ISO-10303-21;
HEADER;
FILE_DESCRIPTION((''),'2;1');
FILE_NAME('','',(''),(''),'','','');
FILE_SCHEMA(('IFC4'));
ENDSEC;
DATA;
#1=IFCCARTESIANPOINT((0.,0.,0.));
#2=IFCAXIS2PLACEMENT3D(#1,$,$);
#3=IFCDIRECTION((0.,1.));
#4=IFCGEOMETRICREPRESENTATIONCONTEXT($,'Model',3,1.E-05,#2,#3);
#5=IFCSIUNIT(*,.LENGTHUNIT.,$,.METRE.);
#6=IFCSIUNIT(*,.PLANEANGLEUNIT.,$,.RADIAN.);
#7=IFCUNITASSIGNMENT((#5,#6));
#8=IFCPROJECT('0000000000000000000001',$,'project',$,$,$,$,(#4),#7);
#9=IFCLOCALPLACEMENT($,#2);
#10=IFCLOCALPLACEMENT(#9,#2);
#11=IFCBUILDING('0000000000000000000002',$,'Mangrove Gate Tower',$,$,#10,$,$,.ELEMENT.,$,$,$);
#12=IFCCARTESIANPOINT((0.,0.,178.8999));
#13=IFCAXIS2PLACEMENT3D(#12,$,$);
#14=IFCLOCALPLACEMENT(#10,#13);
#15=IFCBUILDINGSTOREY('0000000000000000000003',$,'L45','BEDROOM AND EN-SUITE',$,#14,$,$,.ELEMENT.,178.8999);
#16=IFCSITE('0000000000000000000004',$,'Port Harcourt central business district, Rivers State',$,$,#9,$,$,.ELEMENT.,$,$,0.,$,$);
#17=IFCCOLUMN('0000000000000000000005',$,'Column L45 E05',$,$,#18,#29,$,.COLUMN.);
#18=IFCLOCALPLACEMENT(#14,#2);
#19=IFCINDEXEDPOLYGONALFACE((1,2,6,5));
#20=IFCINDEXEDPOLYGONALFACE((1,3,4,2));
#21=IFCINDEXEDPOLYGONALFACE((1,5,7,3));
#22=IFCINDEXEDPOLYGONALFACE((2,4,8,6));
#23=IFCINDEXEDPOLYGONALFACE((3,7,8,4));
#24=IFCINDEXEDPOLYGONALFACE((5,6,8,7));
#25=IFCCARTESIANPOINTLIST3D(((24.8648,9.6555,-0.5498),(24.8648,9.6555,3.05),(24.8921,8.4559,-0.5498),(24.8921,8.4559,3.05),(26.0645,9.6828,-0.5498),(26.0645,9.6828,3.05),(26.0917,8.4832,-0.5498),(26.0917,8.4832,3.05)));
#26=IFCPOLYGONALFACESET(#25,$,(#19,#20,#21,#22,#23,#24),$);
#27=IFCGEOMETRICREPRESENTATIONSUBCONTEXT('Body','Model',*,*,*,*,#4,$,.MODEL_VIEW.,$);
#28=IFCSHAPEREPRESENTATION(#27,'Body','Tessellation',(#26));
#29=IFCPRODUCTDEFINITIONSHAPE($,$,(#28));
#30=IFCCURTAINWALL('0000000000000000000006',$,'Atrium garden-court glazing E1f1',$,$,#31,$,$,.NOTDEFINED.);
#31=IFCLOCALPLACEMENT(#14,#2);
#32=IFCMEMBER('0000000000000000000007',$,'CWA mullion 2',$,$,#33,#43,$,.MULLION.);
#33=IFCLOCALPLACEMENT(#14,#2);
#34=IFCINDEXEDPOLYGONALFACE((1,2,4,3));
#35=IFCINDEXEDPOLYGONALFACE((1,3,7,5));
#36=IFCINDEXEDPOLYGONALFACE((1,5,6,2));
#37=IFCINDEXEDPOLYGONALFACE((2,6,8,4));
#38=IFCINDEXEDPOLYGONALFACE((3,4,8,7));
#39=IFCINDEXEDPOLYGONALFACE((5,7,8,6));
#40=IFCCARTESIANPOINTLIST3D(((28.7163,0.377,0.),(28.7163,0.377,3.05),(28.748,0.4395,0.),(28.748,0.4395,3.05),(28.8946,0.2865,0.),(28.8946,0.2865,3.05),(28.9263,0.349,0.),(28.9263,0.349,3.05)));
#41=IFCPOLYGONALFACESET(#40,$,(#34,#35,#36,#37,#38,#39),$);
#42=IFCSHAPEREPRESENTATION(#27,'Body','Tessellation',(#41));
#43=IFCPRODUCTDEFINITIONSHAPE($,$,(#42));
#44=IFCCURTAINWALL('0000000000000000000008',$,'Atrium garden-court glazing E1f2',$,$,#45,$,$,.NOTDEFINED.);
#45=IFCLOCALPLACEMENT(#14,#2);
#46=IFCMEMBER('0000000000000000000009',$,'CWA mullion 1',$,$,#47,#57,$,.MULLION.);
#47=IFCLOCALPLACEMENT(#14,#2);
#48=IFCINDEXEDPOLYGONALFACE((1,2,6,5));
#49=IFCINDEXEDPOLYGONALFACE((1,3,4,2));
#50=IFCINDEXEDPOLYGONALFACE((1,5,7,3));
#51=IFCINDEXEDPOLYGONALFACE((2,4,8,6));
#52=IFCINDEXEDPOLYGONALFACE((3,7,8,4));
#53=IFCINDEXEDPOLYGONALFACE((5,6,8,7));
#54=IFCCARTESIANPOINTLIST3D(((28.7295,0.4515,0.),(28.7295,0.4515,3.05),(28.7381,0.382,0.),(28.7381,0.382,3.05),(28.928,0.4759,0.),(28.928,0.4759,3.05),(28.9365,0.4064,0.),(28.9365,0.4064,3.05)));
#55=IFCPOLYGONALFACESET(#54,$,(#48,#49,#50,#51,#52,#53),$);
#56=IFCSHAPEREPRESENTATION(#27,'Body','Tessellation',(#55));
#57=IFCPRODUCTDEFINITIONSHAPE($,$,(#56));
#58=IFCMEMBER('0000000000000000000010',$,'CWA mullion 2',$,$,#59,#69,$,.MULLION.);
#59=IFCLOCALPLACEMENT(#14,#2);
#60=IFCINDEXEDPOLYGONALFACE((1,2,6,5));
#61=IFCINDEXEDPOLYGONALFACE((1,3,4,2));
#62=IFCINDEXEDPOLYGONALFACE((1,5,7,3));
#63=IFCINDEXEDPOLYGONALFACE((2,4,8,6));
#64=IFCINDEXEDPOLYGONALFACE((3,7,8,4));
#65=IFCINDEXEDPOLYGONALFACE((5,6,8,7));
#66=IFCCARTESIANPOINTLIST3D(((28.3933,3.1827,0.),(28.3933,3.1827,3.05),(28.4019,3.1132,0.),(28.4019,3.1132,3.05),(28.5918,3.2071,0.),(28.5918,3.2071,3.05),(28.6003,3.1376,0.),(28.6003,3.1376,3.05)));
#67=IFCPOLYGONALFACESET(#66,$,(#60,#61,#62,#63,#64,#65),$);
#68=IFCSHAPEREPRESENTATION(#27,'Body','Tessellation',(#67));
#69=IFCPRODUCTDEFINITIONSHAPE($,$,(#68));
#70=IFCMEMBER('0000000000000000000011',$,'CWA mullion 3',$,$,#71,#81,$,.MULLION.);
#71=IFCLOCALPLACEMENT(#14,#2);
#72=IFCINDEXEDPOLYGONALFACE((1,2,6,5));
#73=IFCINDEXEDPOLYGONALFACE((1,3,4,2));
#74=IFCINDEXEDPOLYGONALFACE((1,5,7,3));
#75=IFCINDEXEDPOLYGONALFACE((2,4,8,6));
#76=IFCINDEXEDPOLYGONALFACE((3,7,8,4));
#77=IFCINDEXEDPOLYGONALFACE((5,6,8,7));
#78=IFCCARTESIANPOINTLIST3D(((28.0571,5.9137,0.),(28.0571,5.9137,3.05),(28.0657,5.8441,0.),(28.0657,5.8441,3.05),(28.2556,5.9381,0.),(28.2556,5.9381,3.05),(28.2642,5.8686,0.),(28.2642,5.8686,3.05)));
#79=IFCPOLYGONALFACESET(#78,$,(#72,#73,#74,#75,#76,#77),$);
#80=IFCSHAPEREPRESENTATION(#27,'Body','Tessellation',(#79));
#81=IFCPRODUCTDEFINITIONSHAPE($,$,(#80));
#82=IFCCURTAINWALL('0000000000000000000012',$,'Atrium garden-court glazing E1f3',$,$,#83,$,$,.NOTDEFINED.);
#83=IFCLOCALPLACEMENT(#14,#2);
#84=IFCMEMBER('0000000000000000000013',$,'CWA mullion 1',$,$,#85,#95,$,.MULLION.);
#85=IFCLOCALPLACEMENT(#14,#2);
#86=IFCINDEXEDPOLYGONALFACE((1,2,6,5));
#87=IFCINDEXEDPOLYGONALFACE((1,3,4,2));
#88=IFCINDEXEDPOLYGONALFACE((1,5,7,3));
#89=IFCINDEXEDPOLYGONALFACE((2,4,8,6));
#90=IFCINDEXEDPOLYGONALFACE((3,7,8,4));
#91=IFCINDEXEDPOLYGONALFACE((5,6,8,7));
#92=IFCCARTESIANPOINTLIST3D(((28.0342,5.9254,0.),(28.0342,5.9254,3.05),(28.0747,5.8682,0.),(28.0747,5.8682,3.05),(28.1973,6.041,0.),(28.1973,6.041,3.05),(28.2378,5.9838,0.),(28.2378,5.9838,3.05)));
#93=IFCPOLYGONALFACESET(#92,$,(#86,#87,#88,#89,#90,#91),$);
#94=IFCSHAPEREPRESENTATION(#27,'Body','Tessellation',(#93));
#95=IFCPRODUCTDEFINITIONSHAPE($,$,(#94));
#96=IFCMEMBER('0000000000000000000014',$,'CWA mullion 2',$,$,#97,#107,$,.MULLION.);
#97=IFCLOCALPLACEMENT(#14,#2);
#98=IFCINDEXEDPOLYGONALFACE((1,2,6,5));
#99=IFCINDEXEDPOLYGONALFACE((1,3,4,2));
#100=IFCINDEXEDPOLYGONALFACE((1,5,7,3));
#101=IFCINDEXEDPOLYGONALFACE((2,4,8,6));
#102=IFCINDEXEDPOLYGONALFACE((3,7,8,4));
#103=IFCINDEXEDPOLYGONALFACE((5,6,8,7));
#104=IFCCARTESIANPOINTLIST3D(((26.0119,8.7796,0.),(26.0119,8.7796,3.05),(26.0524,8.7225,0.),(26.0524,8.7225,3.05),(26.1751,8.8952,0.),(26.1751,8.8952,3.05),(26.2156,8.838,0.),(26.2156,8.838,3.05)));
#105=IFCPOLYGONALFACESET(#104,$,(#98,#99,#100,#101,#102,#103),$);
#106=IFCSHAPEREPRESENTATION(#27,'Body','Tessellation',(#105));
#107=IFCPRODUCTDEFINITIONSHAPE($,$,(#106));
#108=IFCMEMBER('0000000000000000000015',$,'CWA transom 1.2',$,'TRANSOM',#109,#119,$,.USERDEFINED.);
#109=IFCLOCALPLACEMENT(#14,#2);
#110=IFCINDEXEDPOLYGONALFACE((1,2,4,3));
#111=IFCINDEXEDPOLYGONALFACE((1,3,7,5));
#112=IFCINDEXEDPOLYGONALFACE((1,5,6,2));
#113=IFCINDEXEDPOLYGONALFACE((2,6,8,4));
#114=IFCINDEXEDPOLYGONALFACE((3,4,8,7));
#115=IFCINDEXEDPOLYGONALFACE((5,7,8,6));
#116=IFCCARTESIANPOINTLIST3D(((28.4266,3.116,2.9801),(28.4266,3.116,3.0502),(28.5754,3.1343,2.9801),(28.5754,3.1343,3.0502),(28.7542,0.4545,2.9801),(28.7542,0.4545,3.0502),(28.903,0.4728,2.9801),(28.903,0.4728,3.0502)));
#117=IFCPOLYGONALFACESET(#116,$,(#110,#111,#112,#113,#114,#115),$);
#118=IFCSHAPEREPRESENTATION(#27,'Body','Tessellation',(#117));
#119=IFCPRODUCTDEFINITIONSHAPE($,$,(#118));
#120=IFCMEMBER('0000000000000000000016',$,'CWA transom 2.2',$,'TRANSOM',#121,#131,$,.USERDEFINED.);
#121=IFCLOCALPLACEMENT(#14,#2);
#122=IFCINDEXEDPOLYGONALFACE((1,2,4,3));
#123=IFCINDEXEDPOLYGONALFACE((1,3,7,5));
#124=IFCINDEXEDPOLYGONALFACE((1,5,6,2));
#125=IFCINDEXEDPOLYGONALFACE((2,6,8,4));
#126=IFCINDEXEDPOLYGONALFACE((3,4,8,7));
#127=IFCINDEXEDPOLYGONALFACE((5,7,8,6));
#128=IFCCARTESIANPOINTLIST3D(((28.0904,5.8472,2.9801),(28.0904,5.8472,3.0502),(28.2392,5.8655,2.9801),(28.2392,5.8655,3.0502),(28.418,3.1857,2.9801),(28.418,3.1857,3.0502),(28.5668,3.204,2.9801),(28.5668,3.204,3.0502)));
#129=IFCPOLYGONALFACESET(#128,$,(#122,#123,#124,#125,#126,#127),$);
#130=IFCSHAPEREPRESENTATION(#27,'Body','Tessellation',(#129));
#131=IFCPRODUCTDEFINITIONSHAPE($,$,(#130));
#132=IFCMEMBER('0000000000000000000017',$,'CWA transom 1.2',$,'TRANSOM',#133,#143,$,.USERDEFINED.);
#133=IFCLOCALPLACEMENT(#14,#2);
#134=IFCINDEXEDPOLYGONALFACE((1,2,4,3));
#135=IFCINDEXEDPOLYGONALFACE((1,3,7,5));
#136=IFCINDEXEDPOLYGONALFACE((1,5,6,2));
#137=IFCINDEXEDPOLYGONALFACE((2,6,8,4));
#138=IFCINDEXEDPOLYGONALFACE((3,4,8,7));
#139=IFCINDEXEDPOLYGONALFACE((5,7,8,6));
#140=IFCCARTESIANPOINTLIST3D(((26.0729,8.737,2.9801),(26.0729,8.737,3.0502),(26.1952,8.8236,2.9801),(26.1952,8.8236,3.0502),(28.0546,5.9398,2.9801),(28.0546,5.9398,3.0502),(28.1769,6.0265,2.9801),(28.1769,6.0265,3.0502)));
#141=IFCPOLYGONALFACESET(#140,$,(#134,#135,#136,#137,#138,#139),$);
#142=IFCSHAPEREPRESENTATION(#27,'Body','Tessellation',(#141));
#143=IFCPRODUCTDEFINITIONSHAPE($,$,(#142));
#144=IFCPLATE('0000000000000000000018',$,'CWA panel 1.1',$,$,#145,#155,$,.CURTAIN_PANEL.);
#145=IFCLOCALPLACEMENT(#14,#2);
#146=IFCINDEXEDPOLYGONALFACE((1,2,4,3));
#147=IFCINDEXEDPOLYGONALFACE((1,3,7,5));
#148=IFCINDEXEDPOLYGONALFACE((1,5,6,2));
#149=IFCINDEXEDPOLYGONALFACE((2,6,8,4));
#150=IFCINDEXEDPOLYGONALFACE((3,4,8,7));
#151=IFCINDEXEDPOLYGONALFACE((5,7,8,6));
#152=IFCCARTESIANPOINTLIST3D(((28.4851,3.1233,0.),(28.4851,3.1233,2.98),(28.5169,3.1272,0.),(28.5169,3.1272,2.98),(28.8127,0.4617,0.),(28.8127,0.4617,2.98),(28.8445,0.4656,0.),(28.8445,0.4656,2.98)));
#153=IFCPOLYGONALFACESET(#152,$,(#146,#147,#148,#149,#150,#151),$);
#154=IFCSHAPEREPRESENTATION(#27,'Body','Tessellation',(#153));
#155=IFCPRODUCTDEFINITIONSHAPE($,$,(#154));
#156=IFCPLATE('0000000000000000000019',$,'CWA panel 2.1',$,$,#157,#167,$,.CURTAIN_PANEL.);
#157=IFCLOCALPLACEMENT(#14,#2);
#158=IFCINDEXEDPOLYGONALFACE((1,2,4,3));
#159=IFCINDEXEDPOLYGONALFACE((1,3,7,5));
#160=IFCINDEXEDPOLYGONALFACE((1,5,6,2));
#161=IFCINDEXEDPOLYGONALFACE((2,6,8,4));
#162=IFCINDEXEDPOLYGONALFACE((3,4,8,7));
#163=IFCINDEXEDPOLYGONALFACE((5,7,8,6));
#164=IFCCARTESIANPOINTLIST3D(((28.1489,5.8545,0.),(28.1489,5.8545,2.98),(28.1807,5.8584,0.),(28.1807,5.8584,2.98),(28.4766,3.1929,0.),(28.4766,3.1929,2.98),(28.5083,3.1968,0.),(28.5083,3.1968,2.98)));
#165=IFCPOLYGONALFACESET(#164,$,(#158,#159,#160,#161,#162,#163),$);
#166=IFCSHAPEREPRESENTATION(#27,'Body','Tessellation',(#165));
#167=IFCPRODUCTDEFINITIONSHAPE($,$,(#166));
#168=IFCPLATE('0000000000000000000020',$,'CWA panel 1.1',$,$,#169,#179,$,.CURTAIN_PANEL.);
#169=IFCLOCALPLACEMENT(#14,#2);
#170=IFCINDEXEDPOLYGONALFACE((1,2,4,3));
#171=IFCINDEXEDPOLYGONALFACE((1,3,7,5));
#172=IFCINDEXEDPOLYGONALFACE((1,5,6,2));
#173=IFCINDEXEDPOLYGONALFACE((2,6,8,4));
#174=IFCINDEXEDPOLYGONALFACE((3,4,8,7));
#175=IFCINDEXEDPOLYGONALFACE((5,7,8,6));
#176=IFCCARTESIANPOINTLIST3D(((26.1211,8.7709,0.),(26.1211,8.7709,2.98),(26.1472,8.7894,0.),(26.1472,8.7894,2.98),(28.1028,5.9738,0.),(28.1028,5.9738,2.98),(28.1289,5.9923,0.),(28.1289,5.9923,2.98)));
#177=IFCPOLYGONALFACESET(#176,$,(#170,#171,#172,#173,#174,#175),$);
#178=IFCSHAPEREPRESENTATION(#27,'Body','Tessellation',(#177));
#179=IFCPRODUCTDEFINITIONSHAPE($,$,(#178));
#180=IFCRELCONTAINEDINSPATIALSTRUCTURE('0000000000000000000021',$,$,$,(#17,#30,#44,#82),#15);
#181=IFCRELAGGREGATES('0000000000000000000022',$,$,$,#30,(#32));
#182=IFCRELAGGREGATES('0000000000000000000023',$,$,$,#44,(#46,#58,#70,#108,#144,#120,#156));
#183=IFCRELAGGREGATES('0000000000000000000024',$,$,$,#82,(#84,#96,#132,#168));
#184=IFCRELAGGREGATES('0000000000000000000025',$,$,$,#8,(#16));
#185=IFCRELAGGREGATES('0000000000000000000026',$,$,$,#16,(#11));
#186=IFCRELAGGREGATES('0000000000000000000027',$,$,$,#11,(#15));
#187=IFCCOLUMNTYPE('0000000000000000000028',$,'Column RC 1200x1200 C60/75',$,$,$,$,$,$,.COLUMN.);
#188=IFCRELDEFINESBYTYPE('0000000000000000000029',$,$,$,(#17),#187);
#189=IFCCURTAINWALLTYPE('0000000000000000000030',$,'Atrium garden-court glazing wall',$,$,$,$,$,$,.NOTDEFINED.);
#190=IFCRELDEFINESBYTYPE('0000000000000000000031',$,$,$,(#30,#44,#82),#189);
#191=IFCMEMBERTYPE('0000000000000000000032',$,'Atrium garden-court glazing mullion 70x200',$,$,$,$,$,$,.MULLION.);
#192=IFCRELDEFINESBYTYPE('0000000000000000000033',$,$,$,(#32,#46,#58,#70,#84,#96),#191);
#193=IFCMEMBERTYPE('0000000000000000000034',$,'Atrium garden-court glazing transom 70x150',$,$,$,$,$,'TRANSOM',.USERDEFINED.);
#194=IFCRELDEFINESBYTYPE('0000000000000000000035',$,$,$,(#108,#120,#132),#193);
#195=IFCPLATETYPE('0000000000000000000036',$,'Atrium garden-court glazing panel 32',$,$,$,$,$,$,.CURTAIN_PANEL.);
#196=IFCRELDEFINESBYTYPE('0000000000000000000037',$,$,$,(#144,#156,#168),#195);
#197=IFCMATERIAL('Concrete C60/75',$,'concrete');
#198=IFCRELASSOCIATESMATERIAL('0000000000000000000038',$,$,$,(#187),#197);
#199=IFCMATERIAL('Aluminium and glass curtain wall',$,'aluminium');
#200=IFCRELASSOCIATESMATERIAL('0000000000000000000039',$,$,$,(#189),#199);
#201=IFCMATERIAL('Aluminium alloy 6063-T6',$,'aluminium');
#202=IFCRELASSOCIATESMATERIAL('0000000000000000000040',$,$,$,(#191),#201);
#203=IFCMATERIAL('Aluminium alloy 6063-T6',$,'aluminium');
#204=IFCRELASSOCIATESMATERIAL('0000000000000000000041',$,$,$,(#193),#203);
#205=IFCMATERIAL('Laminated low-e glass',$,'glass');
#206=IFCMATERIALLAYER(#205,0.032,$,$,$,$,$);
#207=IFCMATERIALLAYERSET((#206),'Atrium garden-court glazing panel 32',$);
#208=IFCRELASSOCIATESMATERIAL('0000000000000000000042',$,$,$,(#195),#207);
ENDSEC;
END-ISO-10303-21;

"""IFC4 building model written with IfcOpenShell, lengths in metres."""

from ifc_helpers import new_model, si_unit, direction, frame, origin, origin_2d, place, context, subcontext, project, spatial, rectangle, extrude, material, layer, layer_set, material_profile, profile_set, type_object, element, aggregate, save


model = new_model("IFC4")

# Units and contexts
model_context = context("Model", 3, precision=1e-05, world=origin(), true_north=direction((0.0, 1.0)))
body_context = subcontext(model_context, "Body", "Model", "MODEL_VIEW")
ifc_project = project(units=[si_unit("LENGTHUNIT", "METRE"), si_unit("PLANEANGLEUNIT", "RADIAN")], contexts=[model_context])

# Site, building, storey
site_placement = place(None, origin())
site = spatial("IfcSite", under=ifc_project, at=site_placement, Name="Port Harcourt central business district, Rivers State", CompositionType="ELEMENT", RefElevation=0.0)
building_placement = place(site_placement, origin())
building = spatial("IfcBuilding", under=site, at=building_placement, Name="Mangrove Gate Tower", CompositionType="ELEMENT")
storey_placement = place(building_placement, frame((0.0, 0.0, 178.8999)))
storey = spatial("IfcBuildingStorey", under=building, at=storey_placement, Name="L45", Description="BEDROOM AND EN-SUITE", CompositionType="ELEMENT", Elevation=178.8999)

# Column
ifc_material_1 = material(Name="Concrete C60/75", Category="concrete")
ifc_material_profile_1 = material_profile(ifc_material_1, rectangle(XDim=1.2, YDim=1.2, at=origin_2d()))
ifc_profile_set_1 = profile_set([ifc_material_profile_1], Name="Concrete C60/75")
column_type = type_object("IfcColumnType", Name="Column RC 1200x1200 C60/75", PredefinedType="COLUMN", material=ifc_profile_set_1)
column_placement = place(storey_placement, frame((25.4783, 9.0693, -0.5498), z_axis=(0.0, 0.0, 1.0), x_axis=(-0.022731, 0.999742, 0.0)))
element("IfcColumn", 1, at=column_placement, inside=storey, type_object=column_type, Name="Column L45 E05", PredefinedType="COLUMN", context=body_context, shape_type="SweptSolid", body=[
    extrude(rectangle(XDim=1.2, YDim=1.2, at=origin_2d()), origin(), (0.0, 0.0, 1.0), 3.5999),
])

# Curtain wall, member
ifc_material_2 = material(Name="Aluminium and glass curtain wall", Category="aluminium")
curtain_wall_type = type_object("IfcCurtainWallType", Name="Atrium garden-court glazing wall", PredefinedType="NOTDEFINED", material=ifc_material_2)
curtain_wall_1_placement = place(storey_placement, origin())
curtain_wall_1 = element("IfcCurtainWall", 2, at=curtain_wall_1_placement, inside=storey, type_object=curtain_wall_type, Name="Atrium garden-court glazing E1f1", PredefinedType="NOTDEFINED")
ifc_material_3 = material(Name="Aluminium alloy 6063-T6", Category="aluminium")
ifc_material_profile_2 = material_profile(ifc_material_3, rectangle(XDim=0.0701, YDim=0.2, at=origin_2d()))
ifc_profile_set_2 = profile_set([ifc_material_profile_2], Name="Aluminium alloy 6063-T6")
member_type_1 = type_object("IfcMemberType", Name="Atrium garden-court glazing mullion 70x200", PredefinedType="MULLION", material=ifc_profile_set_2)
member_1_placement = place(storey_placement, frame((28.8213, 0.363, 0.0), z_axis=(0.0, 0.0, 1.0), x_axis=(0.452578, 0.891725, 0.0)))
member_1 = element("IfcMember", 3, at=member_1_placement, type_object=member_type_1, Name="CWA mullion 2", PredefinedType="MULLION", context=body_context, shape_type="SweptSolid", body=[
    extrude(rectangle(XDim=0.0701, YDim=0.2, at=origin_2d()), origin(), (0.0, 0.0, 1.0), 3.05),
])
aggregate(curtain_wall_1, [member_1])

# Curtain walls, members
curtain_wall_2_placement = place(storey_placement, origin())
curtain_wall_2 = element("IfcCurtainWall", 4, at=curtain_wall_2_placement, inside=storey, type_object=curtain_wall_type, Name="Atrium garden-court glazing E1f2", PredefinedType="NOTDEFINED")
member_2_placement = place(storey_placement, frame((28.833, 0.429, 0.0), z_axis=(0.0, 0.0, 1.0), x_axis=(-0.122172, 0.992509, 0.0)))
member_2 = element("IfcMember", 5, at=member_2_placement, type_object=member_type_1, Name="CWA mullion 1", PredefinedType="MULLION", context=body_context, shape_type="SweptSolid", body=[
    extrude(rectangle(XDim=0.0701, YDim=0.2, at=origin_2d()), origin(), (0.0, 0.0, 1.0), 3.05),
])
member_3_placement = place(storey_placement, frame((28.4968, 3.1602, 0.0), z_axis=(0.0, 0.0, 1.0), x_axis=(-0.122172, 0.992509, 0.0)))
member_3 = element("IfcMember", 6, at=member_3_placement, type_object=member_type_1, Name="CWA mullion 2", PredefinedType="MULLION", context=body_context, shape_type="SweptSolid", body=[
    extrude(rectangle(XDim=0.0701, YDim=0.2, at=origin_2d()), origin(), (0.0, 0.0, 1.0), 3.05),
])
member_4_placement = place(storey_placement, frame((28.1606, 5.8911, 0.0), z_axis=(0.0, 0.0, 1.0), x_axis=(-0.122172, 0.992509, 0.0)))
member_4 = element("IfcMember", 7, at=member_4_placement, type_object=member_type_1, Name="CWA mullion 3", PredefinedType="MULLION", context=body_context, shape_type="SweptSolid", body=[
    extrude(rectangle(XDim=0.0701, YDim=0.2, at=origin_2d()), origin(), (0.0, 0.0, 1.0), 3.05),
])
curtain_wall_3_placement = place(storey_placement, origin())
curtain_wall_3 = element("IfcCurtainWall", 8, at=curtain_wall_3_placement, inside=storey, type_object=curtain_wall_type, Name="Atrium garden-court glazing E1f3", PredefinedType="NOTDEFINED")
member_5_placement = place(storey_placement, frame((28.136, 5.9546, 0.0), z_axis=(0.0, 0.0, 1.0), x_axis=(-0.578106, 0.815961, 0.0)))
member_5 = element("IfcMember", 9, at=member_5_placement, type_object=member_type_1, Name="CWA mullion 1", PredefinedType="MULLION", context=body_context, shape_type="SweptSolid", body=[
    extrude(rectangle(XDim=0.0701, YDim=0.2, at=origin_2d()), origin(), (0.0, 0.0, 1.0), 3.05),
])
member_6_placement = place(storey_placement, frame((26.1138, 8.8088, 0.0), z_axis=(0.0, 0.0, 1.0), x_axis=(-0.578106, 0.815961, 0.0)))
member_6 = element("IfcMember", 10, at=member_6_placement, type_object=member_type_1, Name="CWA mullion 2", PredefinedType="MULLION", context=body_context, shape_type="SweptSolid", body=[
    extrude(rectangle(XDim=0.0701, YDim=0.2, at=origin_2d()), origin(), (0.0, 0.0, 1.0), 3.05),
])

# Members
ifc_material_4 = material(Name="Aluminium alloy 6063-T6", Category="aluminium")
ifc_material_profile_3 = material_profile(ifc_material_4, rectangle(XDim=0.0701, YDim=0.1499, at=origin_2d()))
ifc_profile_set_3 = profile_set([ifc_material_profile_3], Name="Aluminium alloy 6063-T6")
member_type_2 = type_object("IfcMemberType", Name="Atrium garden-court glazing transom 70x150", ElementType="TRANSOM", PredefinedType="USERDEFINED", material=ifc_profile_set_3)
member_7_placement = place(storey_placement, frame((28.8286, 0.4636, 3.0151), z_axis=(-0.122175, 0.992509, 0.0), x_axis=(0.0, 0.0, 1.0)))
member_7 = element("IfcMember", 11, at=member_7_placement, type_object=member_type_2, Name="CWA transom 1.2", ObjectType="TRANSOM", PredefinedType="USERDEFINED", context=body_context, shape_type="SweptSolid", body=[
    extrude(rectangle(XDim=0.0701, YDim=0.1499, at=origin_2d()), origin(), (0.0, 0.0, 1.0), 2.6816),
])
member_8_placement = place(storey_placement, frame((28.4924, 3.1948, 3.0151), z_axis=(-0.122175, 0.992509, 0.0), x_axis=(0.0, 0.0, 1.0)))
member_8 = element("IfcMember", 12, at=member_8_placement, type_object=member_type_2, Name="CWA transom 2.2", ObjectType="TRANSOM", PredefinedType="USERDEFINED", context=body_context, shape_type="SweptSolid", body=[
    extrude(rectangle(XDim=0.0701, YDim=0.1499, at=origin_2d()), origin(), (0.0, 0.0, 1.0), 2.6816),
])
member_9_placement = place(storey_placement, frame((28.1157, 5.9832, 3.0151), z_axis=(-0.578094, 0.81597, 0.0), x_axis=(0.0, 0.0, 1.0)))
member_9 = element("IfcMember", 13, at=member_9_placement, type_object=member_type_2, Name="CWA transom 1.2", ObjectType="TRANSOM", PredefinedType="USERDEFINED", context=body_context, shape_type="SweptSolid", body=[
    extrude(rectangle(XDim=0.0701, YDim=0.1499, at=origin_2d()), origin(), (0.0, 0.0, 1.0), 3.428),
])

# Plates
ifc_material_5 = material(Name="Laminated low-e glass", Category="glass")
ifc_layer_1 = layer(ifc_material_5, 0.032)
ifc_layer_set_1 = layer_set([ifc_layer_1], Name="Atrium garden-court glazing panel 32")
plate_type = type_object("IfcPlateType", Name="Atrium garden-court glazing panel 32", PredefinedType="CURTAIN_PANEL", material=ifc_layer_set_1)
plate_1_placement = place(storey_placement, frame((28.6648, 1.7944, 0.0), z_axis=(0.0, 0.0, 1.0), x_axis=(-0.122172, 0.992509, 0.0)))
plate_1 = element("IfcPlate", 14, at=plate_1_placement, type_object=plate_type, Name="CWA panel 1.1", PredefinedType="CURTAIN_PANEL", context=body_context, shape_type="SweptSolid", body=[
    extrude(rectangle(XDim=2.6816, YDim=0.032, at=origin_2d()), origin(), (0.0, 0.0, 1.0), 2.98),
])
plate_2_placement = place(storey_placement, frame((28.3286, 4.5256, 0.0), z_axis=(0.0, 0.0, 1.0), x_axis=(-0.122172, 0.992509, 0.0)))
plate_2 = element("IfcPlate", 15, at=plate_2_placement, type_object=plate_type, Name="CWA panel 2.1", PredefinedType="CURTAIN_PANEL", context=body_context, shape_type="SweptSolid", body=[
    extrude(rectangle(XDim=2.6816, YDim=0.032, at=origin_2d()), origin(), (0.0, 0.0, 1.0), 2.98),
])
aggregate(curtain_wall_2, [member_2, member_3, member_4, member_7, plate_1, member_8, plate_2])
plate_3_placement = place(storey_placement, frame((27.125, 7.3816, 0.0), z_axis=(0.0, 0.0, 1.0), x_axis=(-0.578106, 0.815961, 0.0)))
plate_3 = element("IfcPlate", 16, at=plate_3_placement, type_object=plate_type, Name="CWA panel 1.1", PredefinedType="CURTAIN_PANEL", context=body_context, shape_type="SweptSolid", body=[
    extrude(rectangle(XDim=3.428, YDim=0.032, at=origin_2d()), origin(), (0.0, 0.0, 1.0), 2.98),
])
aggregate(curtain_wall_3, [member_5, member_6, member_9, plate_3])

save(model, "model.ifc")
